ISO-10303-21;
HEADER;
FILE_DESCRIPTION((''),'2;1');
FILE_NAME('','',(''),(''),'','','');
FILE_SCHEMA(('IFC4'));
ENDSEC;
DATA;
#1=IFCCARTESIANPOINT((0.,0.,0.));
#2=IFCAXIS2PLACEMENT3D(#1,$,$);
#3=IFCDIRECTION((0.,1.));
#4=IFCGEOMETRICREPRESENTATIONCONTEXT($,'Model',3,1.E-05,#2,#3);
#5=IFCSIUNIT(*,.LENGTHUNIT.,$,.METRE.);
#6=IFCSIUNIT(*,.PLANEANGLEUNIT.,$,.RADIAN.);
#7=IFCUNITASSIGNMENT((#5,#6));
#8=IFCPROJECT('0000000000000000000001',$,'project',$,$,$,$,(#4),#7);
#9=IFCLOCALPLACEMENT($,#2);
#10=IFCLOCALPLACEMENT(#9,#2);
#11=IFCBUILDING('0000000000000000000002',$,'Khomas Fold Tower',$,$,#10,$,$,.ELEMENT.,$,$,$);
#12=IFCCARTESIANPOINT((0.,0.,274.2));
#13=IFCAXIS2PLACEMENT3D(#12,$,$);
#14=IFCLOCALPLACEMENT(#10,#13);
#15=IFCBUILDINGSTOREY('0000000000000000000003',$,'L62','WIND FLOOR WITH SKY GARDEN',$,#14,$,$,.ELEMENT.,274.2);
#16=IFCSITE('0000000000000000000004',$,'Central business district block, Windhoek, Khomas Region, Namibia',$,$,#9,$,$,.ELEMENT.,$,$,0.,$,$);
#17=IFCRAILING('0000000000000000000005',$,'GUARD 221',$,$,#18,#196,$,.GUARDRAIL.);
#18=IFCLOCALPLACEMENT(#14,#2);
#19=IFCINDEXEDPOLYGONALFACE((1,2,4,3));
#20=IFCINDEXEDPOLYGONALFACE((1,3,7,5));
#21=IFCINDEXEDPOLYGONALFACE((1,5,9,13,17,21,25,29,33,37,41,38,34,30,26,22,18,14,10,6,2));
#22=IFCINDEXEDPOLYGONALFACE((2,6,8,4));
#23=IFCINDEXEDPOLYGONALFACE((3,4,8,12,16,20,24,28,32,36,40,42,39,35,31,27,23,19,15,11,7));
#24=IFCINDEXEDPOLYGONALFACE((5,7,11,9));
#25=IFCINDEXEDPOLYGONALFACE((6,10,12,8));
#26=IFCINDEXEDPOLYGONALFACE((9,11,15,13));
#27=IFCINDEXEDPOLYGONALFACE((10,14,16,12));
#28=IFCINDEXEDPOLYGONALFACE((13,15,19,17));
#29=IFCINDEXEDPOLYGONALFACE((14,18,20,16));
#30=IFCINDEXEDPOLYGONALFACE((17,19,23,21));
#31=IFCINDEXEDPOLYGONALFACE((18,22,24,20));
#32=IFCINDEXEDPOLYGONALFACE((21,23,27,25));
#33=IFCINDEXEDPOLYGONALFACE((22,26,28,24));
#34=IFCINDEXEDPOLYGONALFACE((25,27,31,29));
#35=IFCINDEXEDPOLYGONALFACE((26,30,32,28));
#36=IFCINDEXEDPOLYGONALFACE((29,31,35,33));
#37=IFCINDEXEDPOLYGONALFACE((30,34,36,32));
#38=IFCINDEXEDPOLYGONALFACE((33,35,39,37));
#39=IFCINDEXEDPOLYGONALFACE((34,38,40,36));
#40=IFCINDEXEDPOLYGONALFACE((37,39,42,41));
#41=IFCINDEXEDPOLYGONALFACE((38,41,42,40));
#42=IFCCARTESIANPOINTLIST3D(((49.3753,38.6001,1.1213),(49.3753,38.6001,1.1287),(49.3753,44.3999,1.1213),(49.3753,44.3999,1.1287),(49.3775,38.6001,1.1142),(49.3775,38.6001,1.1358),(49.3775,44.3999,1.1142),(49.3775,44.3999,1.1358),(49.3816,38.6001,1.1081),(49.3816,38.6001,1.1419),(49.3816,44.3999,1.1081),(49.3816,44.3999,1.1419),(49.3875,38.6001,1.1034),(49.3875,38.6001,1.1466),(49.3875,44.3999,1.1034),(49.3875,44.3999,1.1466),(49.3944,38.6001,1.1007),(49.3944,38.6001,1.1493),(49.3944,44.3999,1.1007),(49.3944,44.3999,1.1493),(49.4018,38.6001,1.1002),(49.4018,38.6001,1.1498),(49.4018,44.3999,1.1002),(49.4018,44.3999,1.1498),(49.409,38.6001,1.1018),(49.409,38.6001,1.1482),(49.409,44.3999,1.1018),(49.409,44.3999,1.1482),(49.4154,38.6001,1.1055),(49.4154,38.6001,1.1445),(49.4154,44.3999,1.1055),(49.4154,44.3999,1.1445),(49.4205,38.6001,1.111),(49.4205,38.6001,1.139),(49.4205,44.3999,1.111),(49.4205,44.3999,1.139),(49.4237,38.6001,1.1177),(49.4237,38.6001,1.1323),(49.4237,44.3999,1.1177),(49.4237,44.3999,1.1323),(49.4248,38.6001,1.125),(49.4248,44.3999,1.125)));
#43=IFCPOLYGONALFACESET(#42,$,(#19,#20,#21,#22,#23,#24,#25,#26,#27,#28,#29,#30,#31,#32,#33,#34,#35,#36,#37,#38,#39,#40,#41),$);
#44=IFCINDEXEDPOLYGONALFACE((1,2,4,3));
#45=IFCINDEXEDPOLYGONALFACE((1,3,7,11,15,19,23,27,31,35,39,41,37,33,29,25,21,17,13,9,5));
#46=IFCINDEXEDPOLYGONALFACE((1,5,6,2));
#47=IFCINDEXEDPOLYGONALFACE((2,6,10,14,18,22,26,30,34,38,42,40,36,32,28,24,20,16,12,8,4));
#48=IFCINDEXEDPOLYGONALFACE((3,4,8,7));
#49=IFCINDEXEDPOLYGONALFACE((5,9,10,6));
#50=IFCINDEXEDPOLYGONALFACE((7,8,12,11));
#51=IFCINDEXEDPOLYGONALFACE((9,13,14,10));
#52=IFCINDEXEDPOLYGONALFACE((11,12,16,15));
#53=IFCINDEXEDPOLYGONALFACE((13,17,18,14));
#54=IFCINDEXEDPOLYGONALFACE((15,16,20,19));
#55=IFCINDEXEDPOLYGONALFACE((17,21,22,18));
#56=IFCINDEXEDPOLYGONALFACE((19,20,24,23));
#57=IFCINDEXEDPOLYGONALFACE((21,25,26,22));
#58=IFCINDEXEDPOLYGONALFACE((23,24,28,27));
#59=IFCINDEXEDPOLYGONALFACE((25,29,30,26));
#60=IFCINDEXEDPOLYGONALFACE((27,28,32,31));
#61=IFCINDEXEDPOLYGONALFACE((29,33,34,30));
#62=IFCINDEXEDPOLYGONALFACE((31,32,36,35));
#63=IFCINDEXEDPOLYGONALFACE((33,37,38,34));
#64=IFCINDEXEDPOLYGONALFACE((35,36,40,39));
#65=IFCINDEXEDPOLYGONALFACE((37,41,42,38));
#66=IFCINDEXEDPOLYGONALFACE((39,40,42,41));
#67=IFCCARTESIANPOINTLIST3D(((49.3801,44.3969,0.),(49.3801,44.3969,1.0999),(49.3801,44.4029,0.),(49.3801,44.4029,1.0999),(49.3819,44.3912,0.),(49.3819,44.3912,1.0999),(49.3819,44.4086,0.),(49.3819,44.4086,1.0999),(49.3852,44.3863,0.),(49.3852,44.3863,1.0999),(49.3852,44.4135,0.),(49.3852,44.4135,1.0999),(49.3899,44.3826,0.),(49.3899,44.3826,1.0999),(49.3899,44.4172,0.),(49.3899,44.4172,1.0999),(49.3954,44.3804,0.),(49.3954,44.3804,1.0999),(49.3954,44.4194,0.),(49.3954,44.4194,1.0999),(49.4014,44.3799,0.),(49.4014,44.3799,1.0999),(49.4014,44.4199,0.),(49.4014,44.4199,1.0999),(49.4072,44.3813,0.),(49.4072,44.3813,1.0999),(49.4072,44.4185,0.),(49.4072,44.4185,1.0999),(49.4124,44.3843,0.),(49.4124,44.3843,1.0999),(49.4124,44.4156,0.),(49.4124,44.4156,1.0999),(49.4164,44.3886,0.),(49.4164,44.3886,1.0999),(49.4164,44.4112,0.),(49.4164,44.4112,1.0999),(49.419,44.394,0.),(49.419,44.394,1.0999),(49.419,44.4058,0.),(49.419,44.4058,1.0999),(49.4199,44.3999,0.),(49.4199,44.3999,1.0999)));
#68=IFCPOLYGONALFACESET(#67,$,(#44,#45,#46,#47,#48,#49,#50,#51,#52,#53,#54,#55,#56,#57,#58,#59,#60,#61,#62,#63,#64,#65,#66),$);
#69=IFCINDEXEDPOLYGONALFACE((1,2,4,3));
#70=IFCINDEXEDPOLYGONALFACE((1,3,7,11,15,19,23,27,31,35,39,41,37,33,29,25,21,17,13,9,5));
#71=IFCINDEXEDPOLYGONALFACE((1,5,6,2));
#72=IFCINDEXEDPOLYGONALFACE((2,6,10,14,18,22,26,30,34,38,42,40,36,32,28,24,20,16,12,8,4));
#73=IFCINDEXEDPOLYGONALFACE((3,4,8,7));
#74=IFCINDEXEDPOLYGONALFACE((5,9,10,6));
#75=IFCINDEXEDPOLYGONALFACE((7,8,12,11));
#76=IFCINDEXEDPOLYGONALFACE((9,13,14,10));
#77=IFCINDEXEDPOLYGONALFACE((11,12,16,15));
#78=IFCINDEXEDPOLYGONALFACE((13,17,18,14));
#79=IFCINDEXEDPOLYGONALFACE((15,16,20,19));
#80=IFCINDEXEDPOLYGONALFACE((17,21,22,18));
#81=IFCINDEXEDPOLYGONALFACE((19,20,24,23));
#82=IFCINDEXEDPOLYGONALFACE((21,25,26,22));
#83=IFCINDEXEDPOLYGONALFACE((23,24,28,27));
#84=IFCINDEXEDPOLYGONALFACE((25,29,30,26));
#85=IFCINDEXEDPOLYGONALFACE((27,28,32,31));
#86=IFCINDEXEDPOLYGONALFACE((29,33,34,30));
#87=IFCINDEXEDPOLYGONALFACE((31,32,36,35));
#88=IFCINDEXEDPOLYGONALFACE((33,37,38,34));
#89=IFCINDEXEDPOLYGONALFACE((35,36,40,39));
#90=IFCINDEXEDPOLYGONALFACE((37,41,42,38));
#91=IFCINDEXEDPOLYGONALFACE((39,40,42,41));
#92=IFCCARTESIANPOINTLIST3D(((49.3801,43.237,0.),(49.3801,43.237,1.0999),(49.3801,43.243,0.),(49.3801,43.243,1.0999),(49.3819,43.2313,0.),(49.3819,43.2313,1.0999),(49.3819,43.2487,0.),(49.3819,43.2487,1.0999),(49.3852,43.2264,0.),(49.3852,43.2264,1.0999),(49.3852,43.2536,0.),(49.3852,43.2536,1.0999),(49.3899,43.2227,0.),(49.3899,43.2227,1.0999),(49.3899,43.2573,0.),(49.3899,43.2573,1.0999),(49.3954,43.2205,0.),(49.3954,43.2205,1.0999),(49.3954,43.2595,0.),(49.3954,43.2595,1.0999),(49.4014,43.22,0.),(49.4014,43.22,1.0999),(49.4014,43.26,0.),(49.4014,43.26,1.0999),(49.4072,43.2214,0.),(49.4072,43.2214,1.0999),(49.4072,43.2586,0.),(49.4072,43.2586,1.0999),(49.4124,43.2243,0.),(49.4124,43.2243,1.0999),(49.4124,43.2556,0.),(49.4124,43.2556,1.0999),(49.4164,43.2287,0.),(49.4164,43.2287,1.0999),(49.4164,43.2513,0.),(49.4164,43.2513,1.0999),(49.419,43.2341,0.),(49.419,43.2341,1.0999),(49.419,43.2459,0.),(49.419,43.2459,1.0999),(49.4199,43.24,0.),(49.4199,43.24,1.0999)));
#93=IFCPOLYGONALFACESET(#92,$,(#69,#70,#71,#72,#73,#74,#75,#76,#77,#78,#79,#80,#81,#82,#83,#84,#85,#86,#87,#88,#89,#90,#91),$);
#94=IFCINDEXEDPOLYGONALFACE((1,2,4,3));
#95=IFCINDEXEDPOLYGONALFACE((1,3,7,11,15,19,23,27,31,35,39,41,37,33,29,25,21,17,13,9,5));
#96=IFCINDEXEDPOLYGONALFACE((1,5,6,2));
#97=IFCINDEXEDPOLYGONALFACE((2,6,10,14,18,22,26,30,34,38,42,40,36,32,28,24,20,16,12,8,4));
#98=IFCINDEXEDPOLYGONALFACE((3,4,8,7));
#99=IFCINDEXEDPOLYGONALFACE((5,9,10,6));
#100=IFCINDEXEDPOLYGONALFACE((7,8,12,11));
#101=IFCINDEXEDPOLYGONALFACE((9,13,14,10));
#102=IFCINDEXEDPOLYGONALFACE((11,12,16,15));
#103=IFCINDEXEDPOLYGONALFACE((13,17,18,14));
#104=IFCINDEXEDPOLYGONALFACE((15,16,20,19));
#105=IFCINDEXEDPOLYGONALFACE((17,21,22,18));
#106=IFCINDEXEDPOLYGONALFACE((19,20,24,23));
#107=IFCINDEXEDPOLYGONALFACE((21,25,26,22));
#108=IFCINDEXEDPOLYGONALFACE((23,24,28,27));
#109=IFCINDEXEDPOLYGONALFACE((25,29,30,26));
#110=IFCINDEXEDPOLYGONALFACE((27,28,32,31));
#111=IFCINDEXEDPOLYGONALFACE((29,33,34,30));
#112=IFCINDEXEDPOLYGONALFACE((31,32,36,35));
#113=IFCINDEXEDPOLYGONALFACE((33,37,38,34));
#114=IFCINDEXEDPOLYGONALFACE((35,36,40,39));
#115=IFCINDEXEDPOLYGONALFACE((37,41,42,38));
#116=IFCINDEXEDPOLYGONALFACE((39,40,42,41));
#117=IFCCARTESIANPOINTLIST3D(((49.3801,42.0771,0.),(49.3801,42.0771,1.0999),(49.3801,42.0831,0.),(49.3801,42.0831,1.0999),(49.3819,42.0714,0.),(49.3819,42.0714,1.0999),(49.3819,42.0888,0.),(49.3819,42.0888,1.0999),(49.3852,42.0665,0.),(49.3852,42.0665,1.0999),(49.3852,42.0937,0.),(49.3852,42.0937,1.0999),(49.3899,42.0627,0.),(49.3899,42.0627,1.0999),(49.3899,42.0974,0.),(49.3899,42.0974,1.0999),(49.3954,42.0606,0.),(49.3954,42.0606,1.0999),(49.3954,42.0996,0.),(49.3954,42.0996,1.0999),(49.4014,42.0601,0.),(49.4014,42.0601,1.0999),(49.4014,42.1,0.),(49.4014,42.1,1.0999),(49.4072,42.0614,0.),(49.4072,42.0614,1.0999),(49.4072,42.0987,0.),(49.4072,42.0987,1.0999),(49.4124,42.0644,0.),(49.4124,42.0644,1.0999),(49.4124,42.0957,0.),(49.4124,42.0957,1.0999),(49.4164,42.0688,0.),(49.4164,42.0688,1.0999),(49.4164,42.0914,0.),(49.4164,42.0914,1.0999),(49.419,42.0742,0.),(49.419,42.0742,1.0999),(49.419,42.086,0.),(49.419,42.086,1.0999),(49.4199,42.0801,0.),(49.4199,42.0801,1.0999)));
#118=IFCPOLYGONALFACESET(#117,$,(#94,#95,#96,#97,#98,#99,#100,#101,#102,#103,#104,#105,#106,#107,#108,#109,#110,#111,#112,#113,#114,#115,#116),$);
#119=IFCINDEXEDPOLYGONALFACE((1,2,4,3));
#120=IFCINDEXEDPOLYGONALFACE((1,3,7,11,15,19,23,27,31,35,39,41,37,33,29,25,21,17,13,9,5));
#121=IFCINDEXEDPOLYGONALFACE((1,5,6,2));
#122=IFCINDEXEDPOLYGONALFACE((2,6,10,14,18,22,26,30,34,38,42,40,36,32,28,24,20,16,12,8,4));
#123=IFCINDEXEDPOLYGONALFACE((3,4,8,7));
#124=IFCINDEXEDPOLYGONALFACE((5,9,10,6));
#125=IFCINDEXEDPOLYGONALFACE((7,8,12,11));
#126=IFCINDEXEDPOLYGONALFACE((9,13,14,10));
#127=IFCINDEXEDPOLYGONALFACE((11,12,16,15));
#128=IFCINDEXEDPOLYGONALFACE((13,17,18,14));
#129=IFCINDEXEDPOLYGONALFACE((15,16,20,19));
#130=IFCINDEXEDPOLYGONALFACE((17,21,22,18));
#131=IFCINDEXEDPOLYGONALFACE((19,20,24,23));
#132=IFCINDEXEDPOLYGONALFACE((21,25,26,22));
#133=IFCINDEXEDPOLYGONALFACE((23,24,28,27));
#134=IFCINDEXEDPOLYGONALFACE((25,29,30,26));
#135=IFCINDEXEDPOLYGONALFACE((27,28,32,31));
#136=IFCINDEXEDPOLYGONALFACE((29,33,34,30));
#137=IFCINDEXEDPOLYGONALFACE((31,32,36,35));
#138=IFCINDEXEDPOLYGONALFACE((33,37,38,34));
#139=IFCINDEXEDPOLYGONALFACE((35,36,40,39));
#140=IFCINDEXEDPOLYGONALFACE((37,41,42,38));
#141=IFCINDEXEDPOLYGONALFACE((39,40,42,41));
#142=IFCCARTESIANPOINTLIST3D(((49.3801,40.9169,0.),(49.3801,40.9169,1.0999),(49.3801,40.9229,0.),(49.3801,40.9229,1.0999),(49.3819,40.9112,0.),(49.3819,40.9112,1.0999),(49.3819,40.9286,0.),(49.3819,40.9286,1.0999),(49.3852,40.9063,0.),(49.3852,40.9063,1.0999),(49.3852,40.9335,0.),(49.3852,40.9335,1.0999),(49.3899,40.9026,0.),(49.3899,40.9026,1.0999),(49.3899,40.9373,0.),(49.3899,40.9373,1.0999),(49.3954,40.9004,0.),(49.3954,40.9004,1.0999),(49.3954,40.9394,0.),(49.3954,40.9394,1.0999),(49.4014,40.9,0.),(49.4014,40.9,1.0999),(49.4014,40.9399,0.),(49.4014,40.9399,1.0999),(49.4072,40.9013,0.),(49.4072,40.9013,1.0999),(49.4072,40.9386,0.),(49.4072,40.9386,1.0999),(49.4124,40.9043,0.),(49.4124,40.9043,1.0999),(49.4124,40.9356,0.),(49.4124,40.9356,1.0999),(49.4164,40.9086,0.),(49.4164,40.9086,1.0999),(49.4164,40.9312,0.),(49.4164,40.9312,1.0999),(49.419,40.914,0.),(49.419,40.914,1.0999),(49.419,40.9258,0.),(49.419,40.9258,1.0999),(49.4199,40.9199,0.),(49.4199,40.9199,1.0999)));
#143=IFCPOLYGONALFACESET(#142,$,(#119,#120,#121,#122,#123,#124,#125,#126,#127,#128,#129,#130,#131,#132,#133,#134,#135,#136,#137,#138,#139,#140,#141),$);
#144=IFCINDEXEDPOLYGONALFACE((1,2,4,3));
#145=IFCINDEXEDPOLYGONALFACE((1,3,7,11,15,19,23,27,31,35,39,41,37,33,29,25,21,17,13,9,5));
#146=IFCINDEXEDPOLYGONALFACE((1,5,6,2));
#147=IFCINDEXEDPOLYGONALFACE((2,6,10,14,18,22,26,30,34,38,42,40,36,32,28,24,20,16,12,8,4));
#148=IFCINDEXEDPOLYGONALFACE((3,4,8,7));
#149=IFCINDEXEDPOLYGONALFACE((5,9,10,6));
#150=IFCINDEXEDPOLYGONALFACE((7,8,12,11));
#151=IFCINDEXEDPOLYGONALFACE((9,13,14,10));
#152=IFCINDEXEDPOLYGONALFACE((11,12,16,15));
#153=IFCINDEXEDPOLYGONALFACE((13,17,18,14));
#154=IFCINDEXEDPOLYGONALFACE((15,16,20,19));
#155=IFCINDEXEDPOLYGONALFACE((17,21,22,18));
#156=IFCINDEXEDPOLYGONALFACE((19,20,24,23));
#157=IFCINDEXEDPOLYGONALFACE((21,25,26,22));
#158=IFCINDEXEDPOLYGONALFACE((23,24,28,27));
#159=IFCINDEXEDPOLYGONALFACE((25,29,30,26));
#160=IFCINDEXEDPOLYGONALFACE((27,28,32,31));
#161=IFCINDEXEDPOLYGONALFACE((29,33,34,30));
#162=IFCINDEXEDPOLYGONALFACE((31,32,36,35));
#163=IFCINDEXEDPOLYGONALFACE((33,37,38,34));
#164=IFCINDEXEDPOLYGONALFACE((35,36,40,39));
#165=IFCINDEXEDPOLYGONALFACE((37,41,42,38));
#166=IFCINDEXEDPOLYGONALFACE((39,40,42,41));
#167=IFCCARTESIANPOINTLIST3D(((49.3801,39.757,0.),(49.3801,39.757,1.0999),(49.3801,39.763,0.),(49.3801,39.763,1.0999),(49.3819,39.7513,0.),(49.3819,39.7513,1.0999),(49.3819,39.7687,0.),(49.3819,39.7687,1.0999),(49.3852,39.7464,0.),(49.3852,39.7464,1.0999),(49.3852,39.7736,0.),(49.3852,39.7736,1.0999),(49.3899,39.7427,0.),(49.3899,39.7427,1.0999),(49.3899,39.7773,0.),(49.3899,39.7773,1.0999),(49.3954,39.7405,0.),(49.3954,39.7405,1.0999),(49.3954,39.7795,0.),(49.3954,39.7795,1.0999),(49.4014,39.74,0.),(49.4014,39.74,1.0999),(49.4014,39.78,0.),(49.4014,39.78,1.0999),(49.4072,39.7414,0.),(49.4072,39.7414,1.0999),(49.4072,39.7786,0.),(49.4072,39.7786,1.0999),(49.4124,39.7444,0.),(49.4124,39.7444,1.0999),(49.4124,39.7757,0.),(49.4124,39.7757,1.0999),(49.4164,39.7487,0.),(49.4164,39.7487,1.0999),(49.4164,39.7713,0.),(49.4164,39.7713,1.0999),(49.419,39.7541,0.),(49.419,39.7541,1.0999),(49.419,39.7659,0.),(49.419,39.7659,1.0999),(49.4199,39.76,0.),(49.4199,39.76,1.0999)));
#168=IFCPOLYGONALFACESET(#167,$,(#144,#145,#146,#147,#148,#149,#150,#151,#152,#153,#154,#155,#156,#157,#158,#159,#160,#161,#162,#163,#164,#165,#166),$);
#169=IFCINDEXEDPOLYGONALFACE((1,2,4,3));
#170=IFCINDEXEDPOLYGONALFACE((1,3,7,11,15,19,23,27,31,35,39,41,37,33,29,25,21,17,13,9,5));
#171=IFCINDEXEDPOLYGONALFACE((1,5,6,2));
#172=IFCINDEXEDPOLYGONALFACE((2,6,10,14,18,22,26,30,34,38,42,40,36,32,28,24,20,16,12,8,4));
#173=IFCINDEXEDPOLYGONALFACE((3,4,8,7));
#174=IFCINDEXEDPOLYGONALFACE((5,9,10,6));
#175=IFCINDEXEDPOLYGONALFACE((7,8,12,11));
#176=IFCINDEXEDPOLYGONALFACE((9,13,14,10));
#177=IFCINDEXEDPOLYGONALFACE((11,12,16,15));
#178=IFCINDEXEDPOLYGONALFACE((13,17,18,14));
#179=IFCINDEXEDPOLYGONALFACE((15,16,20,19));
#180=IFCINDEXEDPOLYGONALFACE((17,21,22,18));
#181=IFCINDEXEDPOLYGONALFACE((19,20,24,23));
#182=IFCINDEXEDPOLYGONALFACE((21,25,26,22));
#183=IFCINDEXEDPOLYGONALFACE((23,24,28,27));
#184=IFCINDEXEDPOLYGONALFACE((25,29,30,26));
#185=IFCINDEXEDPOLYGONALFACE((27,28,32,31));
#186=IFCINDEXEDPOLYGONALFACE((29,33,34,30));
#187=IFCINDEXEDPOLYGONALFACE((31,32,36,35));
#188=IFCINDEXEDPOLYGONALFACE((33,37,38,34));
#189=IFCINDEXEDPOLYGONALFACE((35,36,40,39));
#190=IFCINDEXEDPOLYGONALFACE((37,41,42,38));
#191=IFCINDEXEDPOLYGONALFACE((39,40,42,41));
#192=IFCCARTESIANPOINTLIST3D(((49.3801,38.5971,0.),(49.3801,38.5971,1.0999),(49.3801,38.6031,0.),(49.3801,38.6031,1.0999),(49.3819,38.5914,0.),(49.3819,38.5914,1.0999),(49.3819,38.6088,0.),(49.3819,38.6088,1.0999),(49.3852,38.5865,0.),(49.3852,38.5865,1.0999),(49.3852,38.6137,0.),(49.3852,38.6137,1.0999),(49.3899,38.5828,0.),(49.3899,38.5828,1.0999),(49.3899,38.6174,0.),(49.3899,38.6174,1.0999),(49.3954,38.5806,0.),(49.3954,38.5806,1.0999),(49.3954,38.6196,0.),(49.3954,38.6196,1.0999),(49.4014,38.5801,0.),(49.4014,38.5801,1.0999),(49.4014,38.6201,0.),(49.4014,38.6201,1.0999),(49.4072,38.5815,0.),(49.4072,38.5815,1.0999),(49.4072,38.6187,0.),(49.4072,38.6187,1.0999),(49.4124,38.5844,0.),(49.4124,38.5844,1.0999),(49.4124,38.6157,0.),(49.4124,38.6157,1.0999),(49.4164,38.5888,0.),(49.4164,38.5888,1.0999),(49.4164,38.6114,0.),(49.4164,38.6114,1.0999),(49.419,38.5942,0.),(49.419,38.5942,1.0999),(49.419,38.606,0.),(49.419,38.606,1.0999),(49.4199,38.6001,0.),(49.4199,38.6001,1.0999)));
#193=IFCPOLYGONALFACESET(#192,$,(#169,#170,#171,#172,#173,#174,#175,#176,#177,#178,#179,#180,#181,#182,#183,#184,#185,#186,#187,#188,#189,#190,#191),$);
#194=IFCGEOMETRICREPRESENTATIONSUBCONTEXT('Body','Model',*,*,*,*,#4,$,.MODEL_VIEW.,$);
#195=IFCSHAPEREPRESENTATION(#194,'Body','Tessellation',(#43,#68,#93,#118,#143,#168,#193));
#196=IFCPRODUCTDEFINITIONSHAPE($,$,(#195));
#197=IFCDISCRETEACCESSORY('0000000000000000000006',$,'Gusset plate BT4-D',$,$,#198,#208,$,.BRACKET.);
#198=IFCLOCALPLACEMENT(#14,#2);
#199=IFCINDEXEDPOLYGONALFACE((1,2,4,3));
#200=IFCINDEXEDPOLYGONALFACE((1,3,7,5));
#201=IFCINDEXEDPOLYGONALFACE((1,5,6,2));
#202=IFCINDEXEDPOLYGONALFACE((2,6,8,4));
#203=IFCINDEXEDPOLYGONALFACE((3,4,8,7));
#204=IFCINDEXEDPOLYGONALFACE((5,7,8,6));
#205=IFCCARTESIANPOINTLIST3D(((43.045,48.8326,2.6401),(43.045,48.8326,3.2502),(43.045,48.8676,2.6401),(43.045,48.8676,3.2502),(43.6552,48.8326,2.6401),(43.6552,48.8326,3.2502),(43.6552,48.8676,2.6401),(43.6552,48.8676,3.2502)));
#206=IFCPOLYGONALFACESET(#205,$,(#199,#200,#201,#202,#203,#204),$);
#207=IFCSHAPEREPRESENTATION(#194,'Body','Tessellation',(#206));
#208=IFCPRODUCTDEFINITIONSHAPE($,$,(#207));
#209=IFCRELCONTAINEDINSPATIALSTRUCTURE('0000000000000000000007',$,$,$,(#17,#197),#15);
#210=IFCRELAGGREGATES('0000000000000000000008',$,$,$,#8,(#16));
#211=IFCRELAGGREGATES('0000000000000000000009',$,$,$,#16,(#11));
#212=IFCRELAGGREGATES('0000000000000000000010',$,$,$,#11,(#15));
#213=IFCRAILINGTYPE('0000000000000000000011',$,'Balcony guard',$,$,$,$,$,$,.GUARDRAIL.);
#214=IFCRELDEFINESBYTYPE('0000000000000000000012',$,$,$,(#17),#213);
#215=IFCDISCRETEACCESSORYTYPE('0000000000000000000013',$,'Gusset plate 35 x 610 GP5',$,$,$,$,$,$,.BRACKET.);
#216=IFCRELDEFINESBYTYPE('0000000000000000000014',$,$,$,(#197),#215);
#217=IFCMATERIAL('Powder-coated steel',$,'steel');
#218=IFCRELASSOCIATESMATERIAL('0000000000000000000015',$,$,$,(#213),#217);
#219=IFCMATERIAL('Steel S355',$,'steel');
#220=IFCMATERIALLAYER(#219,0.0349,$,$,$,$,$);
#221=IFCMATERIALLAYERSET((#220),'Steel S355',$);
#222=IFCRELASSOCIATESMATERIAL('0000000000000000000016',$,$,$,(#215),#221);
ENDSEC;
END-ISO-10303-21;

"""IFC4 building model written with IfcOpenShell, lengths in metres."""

from ifc_helpers import new_model, si_unit, direction, frame, origin, origin_2d, place, context, subcontext, project, spatial, rectangle, circle, extrude, source, transform, mapped, material, layer, layer_set, type_object, element, save


model = new_model("IFC4")

# Units and contexts
model_context = context("Model", 3, precision=1e-05, world=origin(), true_north=direction((0.0, 1.0)))
body_context = subcontext(model_context, "Body", "Model", "MODEL_VIEW")
ifc_project = project(units=[si_unit("LENGTHUNIT", "METRE"), si_unit("PLANEANGLEUNIT", "RADIAN")], contexts=[model_context])

# Site, building, storey
site_placement = place(None, origin())
site = spatial("IfcSite", under=ifc_project, at=site_placement, Name="Central business district block, Windhoek, Khomas Region, Namibia", CompositionType="ELEMENT", RefElevation=0.0)
building_placement = place(site_placement, origin())
building = spatial("IfcBuilding", under=site, at=building_placement, Name="Khomas Fold Tower", CompositionType="ELEMENT")
storey_placement = place(building_placement, frame((0.0, 0.0, 274.2)))
storey = spatial("IfcBuildingStorey", under=building, at=storey_placement, Name="L62", Description="WIND FLOOR WITH SKY GARDEN", CompositionType="ELEMENT", Elevation=274.2)

# Railing
ifc_material_1 = material(Name="Powder-coated steel", Category="steel")
railing_type = type_object("IfcRailingType", Name="Balcony guard", PredefinedType="GUARDRAIL", material=ifc_material_1)
shared_shape_1 = source(origin(), body_context, "Body", "SweptSolid", [
    extrude(circle(Radius=0.0249, at=origin_2d()), frame((0.0, 0.0, 1.125), z_axis=(0.0, -1.0, 0.0), x_axis=(1.0, 0.0, 0.0)), (0.0, 0.0, 1.0), 5.7998),
    extrude(circle(Radius=0.02, at=origin_2d()), origin(), (0.0, 0.0, 1.0), 1.0999),
    extrude(circle(Radius=0.02, at=origin_2d()), frame((0.0, -1.1599, 0.0)), (0.0, 0.0, 1.0), 1.0999),
    extrude(circle(Radius=0.02, at=origin_2d()), frame((0.0, -2.3198, 0.0)), (0.0, 0.0, 1.0), 1.0999),
    extrude(circle(Radius=0.02, at=origin_2d()), frame((0.0, -3.48, 0.0)), (0.0, 0.0, 1.0), 1.0999),
    extrude(circle(Radius=0.02, at=origin_2d()), frame((0.0, -4.6399, 0.0)), (0.0, 0.0, 1.0), 1.0999),
    extrude(circle(Radius=0.02, at=origin_2d()), frame((0.0, -5.7998, 0.0)), (0.0, 0.0, 1.0), 1.0999),
])
railing_1_placement = place(storey_placement, frame((49.3999, 44.3999, 0.0)))
element("IfcRailing", 1, at=railing_1_placement, inside=storey, type_object=railing_type, Name="GUARD 221", PredefinedType="GUARDRAIL", context=body_context, shape_type="MappedRepresentation", body=[
    mapped(shared_shape_1, transform((0.0, 0.0, 0.0))),
])

# Discrete accessory
ifc_material_2 = material(Name="Steel S355", Category="steel")
ifc_layer_1 = layer(ifc_material_2, 0.0349)
ifc_layer_set_1 = layer_set([ifc_layer_1], Name="Steel S355")
discrete_accessory_type = type_object("IfcDiscreteAccessoryType", Name="Gusset plate 35 x 610 GP5", PredefinedType="BRACKET", material=ifc_layer_set_1)
shared_shape_2 = source(origin(), body_context, "Body", "SweptSolid", [
    extrude(rectangle(XDim=0.6101, YDim=0.0349, at=origin_2d()), origin(), (0.0, 0.0, 1.0), 0.6101),
])
for number, where, z_axis, x_axis, name in (
    (2, (43.3501, 48.8501, 2.6401), (0.0, 0.0, 1.0), (1.0, 0.0, 0.0), "Gusset plate BT4-D"),
):
    element("IfcDiscreteAccessory", number, at=place(storey_placement, frame(where, z_axis=z_axis, x_axis=x_axis)), inside=storey, type_object=discrete_accessory_type, Name=name, PredefinedType="BRACKET", context=body_context, shape_type="MappedRepresentation", body=[
        mapped(shared_shape_2, transform((0.0, 0.0, 0.0))),
    ])

save(model, "model.ifc")
